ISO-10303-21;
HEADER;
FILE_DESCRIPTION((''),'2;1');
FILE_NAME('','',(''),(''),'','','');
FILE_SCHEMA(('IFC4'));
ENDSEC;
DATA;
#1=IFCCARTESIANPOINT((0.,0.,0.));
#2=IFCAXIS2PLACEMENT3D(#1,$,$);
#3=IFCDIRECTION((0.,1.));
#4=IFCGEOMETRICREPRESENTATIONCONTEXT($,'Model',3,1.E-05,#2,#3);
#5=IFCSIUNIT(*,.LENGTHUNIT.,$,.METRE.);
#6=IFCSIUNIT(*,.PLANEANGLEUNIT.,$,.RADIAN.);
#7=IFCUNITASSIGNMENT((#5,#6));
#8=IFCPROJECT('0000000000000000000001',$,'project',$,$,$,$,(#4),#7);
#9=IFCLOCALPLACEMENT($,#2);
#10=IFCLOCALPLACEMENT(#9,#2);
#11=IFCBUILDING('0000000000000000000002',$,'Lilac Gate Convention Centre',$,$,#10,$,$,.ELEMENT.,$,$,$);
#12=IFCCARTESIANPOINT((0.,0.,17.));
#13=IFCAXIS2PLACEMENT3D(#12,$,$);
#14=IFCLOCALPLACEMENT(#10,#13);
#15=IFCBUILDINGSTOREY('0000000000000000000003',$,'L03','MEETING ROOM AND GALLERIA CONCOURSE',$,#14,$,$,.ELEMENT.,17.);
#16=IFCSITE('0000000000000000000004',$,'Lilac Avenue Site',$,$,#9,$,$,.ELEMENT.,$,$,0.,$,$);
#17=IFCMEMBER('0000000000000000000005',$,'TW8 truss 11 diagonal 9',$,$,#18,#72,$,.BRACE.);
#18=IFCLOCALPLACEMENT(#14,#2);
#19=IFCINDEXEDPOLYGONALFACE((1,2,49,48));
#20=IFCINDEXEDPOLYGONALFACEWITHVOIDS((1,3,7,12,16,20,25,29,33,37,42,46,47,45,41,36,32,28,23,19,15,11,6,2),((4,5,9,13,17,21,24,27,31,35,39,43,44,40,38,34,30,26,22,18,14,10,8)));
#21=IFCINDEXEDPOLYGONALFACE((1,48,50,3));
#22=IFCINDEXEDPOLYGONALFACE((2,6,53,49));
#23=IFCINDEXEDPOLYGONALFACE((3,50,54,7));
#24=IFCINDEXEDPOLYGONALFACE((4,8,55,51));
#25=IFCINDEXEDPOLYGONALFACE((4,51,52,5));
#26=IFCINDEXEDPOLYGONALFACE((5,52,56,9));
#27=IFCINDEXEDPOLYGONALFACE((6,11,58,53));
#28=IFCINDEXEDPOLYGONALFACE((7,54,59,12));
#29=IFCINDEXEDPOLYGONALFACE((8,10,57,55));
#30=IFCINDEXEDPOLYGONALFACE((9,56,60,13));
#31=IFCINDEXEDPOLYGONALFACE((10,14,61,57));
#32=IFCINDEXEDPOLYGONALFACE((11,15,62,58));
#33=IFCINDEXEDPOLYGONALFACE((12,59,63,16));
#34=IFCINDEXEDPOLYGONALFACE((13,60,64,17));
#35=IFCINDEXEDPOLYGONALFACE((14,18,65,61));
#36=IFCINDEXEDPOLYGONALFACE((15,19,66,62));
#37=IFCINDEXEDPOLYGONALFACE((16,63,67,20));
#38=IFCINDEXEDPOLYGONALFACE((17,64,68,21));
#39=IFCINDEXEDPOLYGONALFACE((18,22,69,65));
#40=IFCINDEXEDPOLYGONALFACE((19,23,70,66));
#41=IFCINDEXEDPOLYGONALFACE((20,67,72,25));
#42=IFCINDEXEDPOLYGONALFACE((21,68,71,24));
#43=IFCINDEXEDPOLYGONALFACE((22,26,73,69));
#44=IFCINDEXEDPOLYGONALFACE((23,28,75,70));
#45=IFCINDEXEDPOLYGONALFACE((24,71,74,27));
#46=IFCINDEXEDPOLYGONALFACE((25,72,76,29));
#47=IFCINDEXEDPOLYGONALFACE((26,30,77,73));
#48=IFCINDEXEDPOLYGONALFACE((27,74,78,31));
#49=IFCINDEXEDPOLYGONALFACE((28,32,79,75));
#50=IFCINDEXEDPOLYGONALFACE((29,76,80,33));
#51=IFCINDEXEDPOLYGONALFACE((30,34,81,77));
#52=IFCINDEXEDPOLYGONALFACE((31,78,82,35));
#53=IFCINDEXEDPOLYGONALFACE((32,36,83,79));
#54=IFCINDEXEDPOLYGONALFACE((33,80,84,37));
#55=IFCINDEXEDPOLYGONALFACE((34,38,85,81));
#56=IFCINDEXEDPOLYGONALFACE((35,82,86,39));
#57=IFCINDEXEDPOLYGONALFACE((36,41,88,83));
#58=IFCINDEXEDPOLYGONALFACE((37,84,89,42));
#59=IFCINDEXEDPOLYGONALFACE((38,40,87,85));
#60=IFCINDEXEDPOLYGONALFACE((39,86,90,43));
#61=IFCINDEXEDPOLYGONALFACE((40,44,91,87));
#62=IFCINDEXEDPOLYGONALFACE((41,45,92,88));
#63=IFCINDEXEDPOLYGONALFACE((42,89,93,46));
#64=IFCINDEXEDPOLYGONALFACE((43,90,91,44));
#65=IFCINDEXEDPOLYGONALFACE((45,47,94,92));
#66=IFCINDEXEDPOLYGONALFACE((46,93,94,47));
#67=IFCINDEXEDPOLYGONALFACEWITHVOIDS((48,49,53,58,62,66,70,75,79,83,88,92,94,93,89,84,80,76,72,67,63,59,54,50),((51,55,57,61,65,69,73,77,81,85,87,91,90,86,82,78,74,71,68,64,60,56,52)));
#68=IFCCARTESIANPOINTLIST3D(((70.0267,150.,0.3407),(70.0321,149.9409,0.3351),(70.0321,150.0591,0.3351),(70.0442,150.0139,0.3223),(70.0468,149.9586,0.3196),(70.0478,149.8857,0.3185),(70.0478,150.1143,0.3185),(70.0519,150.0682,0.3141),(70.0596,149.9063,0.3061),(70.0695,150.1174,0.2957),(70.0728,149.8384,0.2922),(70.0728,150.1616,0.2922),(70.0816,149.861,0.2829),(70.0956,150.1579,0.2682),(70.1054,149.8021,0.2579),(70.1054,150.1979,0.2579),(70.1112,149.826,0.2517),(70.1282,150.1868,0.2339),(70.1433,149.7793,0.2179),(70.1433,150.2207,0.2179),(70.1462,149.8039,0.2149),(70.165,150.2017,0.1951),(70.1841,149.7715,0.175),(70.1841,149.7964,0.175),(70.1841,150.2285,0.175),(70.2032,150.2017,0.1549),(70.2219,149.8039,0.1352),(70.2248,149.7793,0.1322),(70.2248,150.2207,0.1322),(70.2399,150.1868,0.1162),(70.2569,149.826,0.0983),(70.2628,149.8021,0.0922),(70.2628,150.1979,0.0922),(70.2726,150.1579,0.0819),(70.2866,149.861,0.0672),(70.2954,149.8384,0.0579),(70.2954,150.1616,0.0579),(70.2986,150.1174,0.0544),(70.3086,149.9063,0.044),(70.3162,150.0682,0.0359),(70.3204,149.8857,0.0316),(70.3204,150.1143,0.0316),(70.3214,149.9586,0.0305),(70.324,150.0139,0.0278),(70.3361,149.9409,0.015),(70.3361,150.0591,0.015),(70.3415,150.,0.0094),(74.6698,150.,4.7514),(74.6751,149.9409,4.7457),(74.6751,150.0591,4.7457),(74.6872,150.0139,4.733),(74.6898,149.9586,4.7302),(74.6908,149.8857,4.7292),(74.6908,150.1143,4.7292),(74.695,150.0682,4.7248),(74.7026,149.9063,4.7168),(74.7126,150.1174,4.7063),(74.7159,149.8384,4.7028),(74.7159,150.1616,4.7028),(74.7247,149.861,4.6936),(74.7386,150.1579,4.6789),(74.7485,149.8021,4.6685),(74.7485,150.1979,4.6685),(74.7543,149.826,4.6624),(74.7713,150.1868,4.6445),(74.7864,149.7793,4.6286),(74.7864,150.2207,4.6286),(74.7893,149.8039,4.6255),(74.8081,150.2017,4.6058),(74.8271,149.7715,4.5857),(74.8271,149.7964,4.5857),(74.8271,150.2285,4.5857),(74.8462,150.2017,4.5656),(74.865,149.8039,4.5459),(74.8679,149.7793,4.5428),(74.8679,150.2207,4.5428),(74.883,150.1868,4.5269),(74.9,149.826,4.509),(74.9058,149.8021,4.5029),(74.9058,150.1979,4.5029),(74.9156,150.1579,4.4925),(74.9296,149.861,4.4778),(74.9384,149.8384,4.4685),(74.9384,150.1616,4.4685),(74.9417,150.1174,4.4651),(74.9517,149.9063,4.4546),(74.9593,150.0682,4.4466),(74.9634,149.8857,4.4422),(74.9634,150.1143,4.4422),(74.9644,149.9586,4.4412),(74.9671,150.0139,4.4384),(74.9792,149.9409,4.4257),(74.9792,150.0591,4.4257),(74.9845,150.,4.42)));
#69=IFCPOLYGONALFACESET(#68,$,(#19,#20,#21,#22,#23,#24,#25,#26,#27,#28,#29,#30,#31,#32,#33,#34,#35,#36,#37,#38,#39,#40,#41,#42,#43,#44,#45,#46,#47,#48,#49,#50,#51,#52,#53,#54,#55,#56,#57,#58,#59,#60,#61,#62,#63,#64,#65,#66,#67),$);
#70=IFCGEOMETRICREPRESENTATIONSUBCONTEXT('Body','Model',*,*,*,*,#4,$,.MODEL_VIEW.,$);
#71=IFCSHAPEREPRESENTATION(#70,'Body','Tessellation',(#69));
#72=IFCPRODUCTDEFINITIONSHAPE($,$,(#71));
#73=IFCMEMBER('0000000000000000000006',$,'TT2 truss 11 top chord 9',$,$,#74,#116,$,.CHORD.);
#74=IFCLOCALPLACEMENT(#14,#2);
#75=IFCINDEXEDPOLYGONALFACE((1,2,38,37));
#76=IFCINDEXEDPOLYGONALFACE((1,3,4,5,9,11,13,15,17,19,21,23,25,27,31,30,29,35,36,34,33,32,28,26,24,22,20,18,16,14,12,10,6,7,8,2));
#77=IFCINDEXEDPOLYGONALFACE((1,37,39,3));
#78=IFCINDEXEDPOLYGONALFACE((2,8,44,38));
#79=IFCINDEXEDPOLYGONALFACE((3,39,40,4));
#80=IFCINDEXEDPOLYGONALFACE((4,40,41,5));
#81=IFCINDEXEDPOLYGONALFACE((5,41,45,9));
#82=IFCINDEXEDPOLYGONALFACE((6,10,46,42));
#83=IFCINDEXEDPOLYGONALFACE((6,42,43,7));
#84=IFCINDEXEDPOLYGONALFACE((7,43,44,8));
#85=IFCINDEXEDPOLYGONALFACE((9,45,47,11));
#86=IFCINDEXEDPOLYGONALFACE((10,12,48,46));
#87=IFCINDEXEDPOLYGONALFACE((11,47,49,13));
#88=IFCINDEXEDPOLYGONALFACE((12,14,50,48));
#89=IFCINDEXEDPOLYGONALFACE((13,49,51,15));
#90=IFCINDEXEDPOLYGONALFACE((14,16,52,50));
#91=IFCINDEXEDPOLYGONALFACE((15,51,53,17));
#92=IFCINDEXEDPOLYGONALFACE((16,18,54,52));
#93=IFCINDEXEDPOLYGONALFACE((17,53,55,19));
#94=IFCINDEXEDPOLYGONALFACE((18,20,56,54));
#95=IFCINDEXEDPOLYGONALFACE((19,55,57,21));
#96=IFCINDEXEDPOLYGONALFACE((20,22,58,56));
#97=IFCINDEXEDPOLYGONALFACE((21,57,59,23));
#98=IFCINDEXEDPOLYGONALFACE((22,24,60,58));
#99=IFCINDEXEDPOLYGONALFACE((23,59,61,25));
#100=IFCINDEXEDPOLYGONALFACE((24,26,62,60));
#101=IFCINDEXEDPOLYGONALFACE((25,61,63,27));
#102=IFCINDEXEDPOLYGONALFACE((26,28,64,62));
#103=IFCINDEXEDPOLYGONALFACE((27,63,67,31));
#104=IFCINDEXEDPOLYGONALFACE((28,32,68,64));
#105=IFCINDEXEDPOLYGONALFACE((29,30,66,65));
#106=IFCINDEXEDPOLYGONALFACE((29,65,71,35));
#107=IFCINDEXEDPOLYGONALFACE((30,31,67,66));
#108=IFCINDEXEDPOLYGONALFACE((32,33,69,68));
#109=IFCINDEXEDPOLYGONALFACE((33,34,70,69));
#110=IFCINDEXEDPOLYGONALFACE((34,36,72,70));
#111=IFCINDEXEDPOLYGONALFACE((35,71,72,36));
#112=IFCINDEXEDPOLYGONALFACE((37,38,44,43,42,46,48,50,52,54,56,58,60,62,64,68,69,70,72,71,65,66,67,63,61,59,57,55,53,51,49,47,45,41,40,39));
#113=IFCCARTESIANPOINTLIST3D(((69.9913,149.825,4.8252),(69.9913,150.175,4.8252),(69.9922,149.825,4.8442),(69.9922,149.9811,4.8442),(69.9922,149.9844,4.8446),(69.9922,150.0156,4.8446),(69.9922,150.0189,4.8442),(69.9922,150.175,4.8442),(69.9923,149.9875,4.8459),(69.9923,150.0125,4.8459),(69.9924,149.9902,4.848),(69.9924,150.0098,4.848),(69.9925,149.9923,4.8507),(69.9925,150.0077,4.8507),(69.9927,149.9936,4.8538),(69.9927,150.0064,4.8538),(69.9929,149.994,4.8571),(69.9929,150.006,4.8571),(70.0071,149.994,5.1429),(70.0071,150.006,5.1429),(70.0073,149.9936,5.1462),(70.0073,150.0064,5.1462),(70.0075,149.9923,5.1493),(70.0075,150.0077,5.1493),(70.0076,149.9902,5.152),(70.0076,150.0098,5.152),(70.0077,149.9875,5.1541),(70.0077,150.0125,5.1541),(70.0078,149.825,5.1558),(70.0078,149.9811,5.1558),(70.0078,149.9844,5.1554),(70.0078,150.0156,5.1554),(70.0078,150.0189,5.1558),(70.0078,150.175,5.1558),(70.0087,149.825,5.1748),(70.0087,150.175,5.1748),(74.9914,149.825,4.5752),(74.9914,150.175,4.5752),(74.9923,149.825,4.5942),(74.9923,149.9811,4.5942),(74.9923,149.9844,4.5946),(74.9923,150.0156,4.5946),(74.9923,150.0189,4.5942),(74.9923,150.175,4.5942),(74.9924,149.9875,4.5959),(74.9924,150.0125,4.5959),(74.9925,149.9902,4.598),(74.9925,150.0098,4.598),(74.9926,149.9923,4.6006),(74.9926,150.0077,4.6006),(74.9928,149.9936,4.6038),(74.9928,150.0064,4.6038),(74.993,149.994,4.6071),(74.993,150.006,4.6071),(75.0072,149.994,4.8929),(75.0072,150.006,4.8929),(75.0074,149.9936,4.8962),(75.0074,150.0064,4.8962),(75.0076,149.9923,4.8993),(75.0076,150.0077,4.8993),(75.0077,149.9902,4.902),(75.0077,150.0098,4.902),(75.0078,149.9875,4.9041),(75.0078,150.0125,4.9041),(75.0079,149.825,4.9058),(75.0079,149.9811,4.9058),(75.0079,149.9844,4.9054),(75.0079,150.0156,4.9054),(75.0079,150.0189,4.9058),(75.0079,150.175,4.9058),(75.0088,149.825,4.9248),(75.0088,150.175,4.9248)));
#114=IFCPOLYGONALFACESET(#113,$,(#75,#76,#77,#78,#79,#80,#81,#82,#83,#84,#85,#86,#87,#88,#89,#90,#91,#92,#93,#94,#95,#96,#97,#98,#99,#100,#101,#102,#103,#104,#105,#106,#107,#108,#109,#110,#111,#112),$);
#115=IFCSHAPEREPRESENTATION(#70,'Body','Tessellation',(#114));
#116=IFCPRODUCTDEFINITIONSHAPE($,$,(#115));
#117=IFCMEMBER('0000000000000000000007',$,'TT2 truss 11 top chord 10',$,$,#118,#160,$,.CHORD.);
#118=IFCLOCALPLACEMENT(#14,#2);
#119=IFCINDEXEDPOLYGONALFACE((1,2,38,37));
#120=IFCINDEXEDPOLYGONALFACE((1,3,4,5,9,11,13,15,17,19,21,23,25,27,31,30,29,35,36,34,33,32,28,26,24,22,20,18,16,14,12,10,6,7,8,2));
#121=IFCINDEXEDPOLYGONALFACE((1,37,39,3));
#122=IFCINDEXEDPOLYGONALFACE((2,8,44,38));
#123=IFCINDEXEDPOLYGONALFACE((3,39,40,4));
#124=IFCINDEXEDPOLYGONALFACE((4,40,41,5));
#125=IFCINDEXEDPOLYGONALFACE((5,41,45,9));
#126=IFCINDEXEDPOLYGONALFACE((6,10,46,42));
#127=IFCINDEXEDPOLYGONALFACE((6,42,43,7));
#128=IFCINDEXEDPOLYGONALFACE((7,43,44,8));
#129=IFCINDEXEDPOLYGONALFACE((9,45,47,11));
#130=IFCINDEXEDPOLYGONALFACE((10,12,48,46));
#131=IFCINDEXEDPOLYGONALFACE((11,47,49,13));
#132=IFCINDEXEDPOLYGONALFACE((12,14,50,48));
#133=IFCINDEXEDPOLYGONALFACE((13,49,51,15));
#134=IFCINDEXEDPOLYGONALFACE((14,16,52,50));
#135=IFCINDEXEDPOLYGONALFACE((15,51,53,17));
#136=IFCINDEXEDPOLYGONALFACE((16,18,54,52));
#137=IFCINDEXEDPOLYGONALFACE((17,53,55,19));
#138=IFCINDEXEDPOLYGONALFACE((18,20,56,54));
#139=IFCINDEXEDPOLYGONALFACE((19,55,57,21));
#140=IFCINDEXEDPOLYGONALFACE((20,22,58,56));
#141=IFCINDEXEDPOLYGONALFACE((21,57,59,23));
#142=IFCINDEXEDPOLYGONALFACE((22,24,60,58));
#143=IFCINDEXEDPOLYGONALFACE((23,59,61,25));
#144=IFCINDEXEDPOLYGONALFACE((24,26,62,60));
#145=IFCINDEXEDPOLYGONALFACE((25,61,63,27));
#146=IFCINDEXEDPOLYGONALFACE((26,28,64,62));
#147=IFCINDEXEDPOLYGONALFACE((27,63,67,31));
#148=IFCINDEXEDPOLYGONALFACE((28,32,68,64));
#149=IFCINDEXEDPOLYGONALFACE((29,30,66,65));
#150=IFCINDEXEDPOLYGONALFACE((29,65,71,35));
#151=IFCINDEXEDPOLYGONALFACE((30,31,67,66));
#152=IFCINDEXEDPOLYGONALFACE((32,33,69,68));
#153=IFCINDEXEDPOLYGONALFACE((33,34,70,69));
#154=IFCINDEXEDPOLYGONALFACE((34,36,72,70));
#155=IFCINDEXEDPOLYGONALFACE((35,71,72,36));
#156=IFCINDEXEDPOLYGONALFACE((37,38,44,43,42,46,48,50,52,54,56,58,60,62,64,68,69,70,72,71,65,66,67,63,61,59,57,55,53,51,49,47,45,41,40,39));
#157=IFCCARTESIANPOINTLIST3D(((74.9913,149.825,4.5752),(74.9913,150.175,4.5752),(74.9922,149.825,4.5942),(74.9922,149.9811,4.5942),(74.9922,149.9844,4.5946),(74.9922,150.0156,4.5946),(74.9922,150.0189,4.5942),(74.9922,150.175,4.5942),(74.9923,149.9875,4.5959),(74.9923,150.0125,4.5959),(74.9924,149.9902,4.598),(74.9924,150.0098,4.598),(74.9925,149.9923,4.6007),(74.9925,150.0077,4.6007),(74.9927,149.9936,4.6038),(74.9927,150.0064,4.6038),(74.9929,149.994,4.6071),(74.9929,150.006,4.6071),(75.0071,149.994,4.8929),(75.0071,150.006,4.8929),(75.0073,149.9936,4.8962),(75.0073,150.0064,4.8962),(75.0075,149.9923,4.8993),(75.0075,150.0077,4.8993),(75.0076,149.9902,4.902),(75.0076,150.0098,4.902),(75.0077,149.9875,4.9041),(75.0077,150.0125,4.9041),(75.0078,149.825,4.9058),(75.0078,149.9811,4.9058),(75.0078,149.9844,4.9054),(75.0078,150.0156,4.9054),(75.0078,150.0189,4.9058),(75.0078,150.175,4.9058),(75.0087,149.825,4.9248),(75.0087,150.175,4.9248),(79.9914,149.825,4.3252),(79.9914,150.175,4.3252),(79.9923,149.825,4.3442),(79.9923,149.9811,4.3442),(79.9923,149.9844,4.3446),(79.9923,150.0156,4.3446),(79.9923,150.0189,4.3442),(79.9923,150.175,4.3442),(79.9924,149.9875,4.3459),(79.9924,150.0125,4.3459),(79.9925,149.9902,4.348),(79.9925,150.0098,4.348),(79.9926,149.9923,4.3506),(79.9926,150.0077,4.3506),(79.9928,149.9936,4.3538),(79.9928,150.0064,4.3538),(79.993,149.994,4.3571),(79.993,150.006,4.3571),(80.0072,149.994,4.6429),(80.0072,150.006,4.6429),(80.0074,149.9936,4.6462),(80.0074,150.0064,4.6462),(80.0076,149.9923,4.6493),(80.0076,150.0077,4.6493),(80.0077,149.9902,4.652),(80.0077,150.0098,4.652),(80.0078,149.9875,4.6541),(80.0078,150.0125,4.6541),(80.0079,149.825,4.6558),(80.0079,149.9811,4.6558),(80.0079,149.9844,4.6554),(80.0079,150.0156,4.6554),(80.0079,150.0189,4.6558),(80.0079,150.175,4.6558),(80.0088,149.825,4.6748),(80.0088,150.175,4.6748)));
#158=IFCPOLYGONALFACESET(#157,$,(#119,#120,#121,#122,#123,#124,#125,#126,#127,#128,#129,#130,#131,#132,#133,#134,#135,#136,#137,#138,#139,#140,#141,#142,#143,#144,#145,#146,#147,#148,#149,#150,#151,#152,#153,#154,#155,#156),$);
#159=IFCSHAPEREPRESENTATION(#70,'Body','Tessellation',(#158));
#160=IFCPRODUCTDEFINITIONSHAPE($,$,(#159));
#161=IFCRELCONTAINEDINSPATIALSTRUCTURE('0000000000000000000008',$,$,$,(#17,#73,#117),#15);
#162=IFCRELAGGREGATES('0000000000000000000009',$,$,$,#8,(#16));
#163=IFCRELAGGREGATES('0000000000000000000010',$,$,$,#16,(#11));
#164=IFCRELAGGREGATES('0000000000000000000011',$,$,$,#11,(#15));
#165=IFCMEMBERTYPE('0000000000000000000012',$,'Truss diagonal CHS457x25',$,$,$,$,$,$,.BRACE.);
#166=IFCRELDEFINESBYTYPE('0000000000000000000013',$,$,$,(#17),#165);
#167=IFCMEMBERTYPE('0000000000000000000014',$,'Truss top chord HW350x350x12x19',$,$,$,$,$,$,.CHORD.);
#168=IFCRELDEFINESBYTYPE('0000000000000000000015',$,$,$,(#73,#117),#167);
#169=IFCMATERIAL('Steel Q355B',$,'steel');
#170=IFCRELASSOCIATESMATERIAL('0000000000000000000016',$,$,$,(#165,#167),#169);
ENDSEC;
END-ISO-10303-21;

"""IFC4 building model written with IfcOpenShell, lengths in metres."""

from ifc_helpers import new_model, si_unit, direction, frame, origin, origin_2d, place, context, subcontext, project, spatial, hollow_circle, i_section, extrude, material, material_profile, profile_set, type_object, element, save


model = new_model("IFC4")

# Units and contexts
model_context = context("Model", 3, precision=1e-05, world=origin(), true_north=direction((0.0, 1.0)))
body_context = subcontext(model_context, "Body", "Model", "MODEL_VIEW")
ifc_project = project(units=[si_unit("LENGTHUNIT", "METRE"), si_unit("PLANEANGLEUNIT", "RADIAN")], contexts=[model_context])

# Site, building, storey
site_placement = place(None, origin())
site = spatial("IfcSite", under=ifc_project, at=site_placement, Name="Lilac Avenue Site", CompositionType="ELEMENT", RefElevation=0.0)
building_placement = place(site_placement, origin())
building = spatial("IfcBuilding", under=site, at=building_placement, Name="Lilac Gate Convention Centre", CompositionType="ELEMENT")
storey_placement = place(building_placement, frame((0.0, 0.0, 17.0)))
storey = spatial("IfcBuildingStorey", under=building, at=storey_placement, Name="L03", Description="MEETING ROOM AND GALLERIA CONCOURSE", CompositionType="ELEMENT", Elevation=17.0)

# Members
ifc_material = material(Name="Steel Q355B", Category="steel")
ifc_material_profile_1 = material_profile(ifc_material, hollow_circle(Radius=0.2285, WallThickness=0.0249, at=origin_2d()), Name="CHS457x25")
ifc_profile_set_1 = profile_set([ifc_material_profile_1], Name="Steel Q355B")
member_type_1 = type_object("IfcMemberType", Name="Truss diagonal CHS457x25", PredefinedType="BRACE", material=ifc_profile_set_1)
member_1_placement = place(storey_placement, frame((74.8271, 150.0, 4.5857), z_axis=(-0.72502, 0.0, -0.688727), x_axis=(0.0, -1.0, 0.0)))
element("IfcMember", 1, at=member_1_placement, inside=storey, type_object=member_type_1, Name="TW8 truss 11 diagonal 9", PredefinedType="BRACE", context=body_context, shape_type="SweptSolid", body=[
    extrude(hollow_circle(Radius=0.2285, WallThickness=0.0249, at=origin_2d()), origin(), (0.0, 0.0, 1.0), 6.4041),
])
ifc_material_profile_2 = material_profile(ifc_material, i_section(OverallWidth=0.3501, OverallDepth=0.3501, WebThickness=0.012, FlangeThickness=0.019, FilletRadius=0.0129, at=origin_2d()), Name="HW350x350x12x19")
ifc_profile_set_2 = profile_set([ifc_material_profile_2], Name="Steel Q355B")
member_type_2 = type_object("IfcMemberType", Name="Truss top chord HW350x350x12x19", PredefinedType="CHORD", material=ifc_profile_set_2)
for number, where, z_axis, x_axis, name in (
    (2, (70.0, 150.0, 5.0), (0.998752, 0.0, -0.049938), (0.0, 1.0, 0.0), "TT2 truss 11 top chord 9"),
    (3, (75.0, 150.0, 4.75), (0.998752, 0.0, -0.049938), (0.0, 1.0, 0.0), "TT2 truss 11 top chord 10"),
):
    element("IfcMember", number, at=place(storey_placement, frame(where, z_axis=z_axis, x_axis=x_axis)), inside=storey, type_object=member_type_2, Name=name, PredefinedType="CHORD", context=body_context, shape_type="SweptSolid", body=[
        extrude(i_section(OverallWidth=0.3501, OverallDepth=0.3501, WebThickness=0.012, FlangeThickness=0.019, FilletRadius=0.0129, at=origin_2d()), origin(), (0.0, 0.0, 1.0), 5.0063),
    ])

save(model, "model.ifc")
